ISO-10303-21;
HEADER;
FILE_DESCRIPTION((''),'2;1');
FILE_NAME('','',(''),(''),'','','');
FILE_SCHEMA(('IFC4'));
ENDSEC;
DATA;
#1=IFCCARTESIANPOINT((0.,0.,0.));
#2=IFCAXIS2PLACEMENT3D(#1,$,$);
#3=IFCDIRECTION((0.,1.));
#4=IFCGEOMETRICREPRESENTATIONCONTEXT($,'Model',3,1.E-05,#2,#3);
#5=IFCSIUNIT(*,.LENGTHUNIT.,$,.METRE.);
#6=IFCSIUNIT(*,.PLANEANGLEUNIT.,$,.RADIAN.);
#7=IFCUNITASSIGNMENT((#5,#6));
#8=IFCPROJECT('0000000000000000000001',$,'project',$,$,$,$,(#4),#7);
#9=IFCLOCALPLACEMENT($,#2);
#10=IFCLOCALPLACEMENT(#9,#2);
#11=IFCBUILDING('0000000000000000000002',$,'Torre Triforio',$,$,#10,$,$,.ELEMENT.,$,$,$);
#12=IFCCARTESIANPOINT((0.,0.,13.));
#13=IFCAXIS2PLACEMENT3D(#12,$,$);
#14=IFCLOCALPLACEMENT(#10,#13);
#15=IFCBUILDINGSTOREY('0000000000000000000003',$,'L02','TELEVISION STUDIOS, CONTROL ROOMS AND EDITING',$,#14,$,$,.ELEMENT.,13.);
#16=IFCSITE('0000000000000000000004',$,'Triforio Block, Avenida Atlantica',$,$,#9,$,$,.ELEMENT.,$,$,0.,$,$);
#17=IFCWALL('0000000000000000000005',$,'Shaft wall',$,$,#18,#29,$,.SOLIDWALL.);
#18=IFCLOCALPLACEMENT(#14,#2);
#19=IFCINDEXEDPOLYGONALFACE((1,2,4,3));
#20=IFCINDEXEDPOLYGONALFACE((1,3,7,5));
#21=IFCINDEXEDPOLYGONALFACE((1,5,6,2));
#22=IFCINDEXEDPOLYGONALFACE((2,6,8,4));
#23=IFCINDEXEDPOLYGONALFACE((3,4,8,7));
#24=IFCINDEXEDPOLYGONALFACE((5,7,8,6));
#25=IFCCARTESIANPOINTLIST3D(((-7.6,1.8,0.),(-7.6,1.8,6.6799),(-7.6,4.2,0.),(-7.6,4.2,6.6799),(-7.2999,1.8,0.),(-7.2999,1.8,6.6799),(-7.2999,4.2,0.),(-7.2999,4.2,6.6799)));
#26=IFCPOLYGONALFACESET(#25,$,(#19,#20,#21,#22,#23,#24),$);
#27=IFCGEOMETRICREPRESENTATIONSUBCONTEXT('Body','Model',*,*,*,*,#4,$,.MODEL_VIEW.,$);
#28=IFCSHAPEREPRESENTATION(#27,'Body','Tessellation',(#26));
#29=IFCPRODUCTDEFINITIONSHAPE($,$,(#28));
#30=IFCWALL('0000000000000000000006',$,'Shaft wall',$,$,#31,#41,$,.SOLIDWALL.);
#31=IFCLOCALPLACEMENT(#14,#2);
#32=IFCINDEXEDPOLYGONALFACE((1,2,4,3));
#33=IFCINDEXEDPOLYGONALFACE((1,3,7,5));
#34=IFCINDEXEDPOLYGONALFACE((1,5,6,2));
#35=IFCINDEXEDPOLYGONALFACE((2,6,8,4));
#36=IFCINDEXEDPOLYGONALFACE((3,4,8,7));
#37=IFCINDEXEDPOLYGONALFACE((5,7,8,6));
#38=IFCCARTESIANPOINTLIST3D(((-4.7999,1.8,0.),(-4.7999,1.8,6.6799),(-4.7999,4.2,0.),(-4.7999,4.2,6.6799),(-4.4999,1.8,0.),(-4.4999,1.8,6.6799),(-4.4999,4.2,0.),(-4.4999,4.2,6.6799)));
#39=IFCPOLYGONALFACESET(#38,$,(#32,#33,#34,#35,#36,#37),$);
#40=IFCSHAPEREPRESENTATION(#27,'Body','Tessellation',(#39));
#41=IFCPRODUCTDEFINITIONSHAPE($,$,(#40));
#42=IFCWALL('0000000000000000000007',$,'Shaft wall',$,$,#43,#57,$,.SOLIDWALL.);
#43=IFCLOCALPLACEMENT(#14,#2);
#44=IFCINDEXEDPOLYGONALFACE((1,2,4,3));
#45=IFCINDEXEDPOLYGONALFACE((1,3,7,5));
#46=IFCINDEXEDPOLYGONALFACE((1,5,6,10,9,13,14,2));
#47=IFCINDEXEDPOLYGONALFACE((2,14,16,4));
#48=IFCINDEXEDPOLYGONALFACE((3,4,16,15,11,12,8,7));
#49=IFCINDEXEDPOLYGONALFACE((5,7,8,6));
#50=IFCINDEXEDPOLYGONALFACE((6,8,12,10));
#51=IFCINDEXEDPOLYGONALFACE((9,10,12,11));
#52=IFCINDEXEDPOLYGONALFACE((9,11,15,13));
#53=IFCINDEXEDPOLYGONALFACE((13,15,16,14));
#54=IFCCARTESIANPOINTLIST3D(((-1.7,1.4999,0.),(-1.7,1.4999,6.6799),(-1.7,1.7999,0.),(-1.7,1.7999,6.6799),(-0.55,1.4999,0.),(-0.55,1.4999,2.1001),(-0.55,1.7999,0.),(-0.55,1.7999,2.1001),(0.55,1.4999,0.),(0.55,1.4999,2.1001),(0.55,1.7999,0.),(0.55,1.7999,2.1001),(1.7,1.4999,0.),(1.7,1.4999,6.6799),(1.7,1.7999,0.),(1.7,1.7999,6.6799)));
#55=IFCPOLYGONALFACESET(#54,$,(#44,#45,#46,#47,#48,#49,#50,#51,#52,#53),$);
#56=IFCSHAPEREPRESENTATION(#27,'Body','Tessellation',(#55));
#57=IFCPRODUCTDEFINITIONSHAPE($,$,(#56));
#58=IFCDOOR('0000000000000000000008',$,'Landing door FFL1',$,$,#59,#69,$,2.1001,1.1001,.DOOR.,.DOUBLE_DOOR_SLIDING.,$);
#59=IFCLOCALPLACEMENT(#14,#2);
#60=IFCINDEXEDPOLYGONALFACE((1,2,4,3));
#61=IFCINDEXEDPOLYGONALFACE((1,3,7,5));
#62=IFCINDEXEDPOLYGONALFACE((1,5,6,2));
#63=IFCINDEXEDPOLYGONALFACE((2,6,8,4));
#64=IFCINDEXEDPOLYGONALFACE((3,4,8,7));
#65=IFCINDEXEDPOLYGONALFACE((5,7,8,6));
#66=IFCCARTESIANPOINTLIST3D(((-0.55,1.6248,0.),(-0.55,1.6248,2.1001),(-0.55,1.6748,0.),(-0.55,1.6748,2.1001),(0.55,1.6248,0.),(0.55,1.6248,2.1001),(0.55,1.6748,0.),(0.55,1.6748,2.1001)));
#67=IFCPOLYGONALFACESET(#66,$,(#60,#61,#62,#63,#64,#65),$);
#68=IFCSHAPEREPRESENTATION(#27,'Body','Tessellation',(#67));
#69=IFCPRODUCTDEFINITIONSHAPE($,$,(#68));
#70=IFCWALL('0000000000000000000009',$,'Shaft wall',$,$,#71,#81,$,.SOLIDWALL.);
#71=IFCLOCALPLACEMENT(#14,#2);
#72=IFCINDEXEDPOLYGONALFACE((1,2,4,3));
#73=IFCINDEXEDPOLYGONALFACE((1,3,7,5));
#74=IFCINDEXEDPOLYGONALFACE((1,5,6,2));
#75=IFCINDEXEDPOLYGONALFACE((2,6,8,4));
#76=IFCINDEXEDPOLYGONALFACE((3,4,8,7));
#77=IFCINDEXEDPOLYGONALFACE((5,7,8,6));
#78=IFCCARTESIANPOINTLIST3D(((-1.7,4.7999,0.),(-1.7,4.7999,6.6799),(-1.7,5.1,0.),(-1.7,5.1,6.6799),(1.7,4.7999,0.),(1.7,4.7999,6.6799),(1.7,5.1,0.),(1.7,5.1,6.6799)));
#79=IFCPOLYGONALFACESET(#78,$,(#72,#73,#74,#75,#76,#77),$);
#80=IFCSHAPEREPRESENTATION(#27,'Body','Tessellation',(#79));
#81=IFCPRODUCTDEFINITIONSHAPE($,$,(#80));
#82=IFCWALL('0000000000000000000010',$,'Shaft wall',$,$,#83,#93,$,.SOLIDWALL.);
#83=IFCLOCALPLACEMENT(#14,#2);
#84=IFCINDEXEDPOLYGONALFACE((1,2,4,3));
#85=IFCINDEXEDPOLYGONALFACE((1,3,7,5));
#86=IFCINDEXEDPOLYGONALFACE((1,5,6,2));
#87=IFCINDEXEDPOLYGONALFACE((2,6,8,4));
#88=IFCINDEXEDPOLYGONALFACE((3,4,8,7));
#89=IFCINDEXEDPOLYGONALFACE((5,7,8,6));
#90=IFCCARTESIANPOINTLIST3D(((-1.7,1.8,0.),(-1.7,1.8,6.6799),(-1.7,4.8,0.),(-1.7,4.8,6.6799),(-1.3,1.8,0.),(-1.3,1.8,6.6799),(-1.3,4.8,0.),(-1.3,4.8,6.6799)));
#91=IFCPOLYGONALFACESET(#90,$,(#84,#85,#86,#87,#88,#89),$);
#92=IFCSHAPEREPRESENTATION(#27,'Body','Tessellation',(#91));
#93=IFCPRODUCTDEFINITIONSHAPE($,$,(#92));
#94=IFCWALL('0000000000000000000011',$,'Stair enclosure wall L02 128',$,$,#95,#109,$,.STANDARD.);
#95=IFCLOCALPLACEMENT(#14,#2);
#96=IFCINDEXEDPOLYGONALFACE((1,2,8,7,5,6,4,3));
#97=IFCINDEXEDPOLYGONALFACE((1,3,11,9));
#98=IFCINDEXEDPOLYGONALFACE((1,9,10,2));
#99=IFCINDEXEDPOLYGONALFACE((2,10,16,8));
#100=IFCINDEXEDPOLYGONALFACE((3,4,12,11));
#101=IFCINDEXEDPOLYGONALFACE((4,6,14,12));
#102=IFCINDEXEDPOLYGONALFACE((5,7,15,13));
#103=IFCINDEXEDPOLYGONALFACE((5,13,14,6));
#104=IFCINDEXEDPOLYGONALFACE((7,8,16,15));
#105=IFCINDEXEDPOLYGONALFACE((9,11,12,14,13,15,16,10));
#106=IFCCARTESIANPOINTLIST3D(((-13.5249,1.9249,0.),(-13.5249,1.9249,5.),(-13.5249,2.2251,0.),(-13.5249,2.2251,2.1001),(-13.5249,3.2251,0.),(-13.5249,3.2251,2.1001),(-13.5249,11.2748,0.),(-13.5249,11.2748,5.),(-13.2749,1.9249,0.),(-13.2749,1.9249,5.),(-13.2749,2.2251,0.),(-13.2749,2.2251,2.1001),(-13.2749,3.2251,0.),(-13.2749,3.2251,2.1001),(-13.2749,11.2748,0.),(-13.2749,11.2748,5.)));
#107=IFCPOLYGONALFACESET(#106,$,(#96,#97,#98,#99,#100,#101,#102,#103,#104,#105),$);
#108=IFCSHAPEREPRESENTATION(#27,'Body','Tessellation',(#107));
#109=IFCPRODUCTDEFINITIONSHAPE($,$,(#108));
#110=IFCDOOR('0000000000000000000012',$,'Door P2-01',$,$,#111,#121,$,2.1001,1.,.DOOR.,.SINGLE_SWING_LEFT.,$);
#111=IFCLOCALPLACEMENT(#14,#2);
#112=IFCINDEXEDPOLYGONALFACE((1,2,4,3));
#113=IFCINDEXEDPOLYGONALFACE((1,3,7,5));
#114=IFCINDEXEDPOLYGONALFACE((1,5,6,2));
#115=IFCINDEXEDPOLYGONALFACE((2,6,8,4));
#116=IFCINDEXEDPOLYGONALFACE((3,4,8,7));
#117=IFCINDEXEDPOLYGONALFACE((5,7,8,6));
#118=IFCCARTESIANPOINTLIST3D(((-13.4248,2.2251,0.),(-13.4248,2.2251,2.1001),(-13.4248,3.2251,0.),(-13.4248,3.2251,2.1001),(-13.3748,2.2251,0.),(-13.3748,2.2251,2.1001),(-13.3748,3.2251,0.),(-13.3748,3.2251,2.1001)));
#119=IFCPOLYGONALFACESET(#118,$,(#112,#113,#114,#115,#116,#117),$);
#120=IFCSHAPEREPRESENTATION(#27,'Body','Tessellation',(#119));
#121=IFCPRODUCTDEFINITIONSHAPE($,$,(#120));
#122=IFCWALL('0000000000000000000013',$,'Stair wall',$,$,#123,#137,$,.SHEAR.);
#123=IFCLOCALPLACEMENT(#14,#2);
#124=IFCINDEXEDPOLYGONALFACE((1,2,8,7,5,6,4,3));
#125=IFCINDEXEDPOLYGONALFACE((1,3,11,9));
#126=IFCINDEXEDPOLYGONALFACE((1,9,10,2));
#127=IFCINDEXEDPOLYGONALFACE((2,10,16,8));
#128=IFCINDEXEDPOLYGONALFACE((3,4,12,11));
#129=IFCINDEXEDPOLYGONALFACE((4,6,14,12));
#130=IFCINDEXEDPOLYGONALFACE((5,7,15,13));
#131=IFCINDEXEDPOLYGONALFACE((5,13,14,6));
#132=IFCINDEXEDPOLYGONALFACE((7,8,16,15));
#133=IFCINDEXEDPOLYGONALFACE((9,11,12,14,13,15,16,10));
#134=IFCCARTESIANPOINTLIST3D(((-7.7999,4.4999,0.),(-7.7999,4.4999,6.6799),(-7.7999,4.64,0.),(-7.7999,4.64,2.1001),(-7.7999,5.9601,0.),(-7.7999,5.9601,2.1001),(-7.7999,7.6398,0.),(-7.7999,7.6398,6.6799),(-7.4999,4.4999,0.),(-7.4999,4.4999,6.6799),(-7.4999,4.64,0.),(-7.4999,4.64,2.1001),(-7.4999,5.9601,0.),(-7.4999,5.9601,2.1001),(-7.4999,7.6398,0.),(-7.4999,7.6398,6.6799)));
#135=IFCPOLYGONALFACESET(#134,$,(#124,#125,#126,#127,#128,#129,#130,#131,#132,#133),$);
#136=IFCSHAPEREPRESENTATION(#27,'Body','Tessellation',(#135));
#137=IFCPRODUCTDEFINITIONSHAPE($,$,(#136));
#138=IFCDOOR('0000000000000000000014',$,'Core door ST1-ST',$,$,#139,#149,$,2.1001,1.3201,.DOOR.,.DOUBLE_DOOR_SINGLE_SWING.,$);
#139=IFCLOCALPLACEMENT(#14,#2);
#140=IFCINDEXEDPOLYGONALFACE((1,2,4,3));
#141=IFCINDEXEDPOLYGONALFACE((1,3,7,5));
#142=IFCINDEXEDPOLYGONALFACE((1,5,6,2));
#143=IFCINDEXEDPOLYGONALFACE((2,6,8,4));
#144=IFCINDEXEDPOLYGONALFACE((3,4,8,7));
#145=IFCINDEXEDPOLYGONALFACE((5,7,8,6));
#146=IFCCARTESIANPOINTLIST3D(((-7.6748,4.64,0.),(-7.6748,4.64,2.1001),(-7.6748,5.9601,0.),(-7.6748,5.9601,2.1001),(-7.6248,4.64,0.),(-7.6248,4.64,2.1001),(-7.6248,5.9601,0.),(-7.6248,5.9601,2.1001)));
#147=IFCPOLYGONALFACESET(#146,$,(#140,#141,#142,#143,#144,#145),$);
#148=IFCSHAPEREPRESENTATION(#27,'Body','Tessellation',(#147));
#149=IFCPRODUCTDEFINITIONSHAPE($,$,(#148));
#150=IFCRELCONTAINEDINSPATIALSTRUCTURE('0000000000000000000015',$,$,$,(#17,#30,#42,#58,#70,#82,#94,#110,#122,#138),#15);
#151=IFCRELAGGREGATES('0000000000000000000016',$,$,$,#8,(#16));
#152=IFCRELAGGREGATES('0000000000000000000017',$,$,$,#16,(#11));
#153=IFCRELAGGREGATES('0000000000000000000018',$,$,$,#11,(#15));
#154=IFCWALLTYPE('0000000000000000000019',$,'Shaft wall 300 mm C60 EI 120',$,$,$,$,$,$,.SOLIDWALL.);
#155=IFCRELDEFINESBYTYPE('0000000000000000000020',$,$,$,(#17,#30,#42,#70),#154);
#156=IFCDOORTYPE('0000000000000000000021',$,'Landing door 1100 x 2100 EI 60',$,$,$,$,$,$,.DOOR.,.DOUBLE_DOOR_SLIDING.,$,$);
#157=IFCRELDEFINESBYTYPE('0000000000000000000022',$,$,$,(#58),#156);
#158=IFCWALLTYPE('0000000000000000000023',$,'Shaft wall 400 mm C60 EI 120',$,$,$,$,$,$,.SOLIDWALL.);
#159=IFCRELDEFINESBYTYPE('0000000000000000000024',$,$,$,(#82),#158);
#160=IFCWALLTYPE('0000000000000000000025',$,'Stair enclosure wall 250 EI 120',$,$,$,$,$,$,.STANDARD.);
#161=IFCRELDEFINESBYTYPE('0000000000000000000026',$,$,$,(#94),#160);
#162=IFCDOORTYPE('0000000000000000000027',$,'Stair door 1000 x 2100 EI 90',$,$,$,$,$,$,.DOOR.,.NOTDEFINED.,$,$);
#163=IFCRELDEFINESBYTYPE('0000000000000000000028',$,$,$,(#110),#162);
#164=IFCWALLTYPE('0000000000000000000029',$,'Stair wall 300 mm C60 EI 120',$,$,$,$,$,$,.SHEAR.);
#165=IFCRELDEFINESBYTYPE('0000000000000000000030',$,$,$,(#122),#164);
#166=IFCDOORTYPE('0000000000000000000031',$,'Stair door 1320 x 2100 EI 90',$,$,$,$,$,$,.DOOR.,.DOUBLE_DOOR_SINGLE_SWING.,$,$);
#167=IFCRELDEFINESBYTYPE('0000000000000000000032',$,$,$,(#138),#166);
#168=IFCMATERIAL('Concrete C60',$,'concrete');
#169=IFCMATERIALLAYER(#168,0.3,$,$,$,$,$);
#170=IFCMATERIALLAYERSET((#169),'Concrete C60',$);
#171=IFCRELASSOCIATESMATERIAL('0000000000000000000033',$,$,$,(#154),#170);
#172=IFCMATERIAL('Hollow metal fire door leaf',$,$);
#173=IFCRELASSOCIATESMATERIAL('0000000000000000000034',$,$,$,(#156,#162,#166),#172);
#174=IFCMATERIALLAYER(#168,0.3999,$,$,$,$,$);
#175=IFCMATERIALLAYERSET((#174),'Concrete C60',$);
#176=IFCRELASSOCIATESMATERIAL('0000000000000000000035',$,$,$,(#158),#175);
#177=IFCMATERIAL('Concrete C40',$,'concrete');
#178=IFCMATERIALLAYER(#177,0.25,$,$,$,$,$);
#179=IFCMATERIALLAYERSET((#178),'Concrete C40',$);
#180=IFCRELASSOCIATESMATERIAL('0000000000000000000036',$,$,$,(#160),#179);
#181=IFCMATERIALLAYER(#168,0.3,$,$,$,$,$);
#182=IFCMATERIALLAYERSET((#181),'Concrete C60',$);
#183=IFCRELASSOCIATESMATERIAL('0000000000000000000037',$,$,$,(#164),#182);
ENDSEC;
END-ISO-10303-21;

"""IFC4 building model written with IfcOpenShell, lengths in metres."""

from ifc_helpers import new_model, si_unit, direction, frame, frame_2d, origin, place, context, subcontext, project, spatial, rectangle, extrude, material, layer, layer_set, type_object, element, fill, save


model = new_model("IFC4")

# Units and contexts
model_context = context("Model", 3, precision=1e-05, world=origin(), true_north=direction((0.0, 1.0)))
body_context = subcontext(model_context, "Body", "Model", "MODEL_VIEW")
ifc_project = project(units=[si_unit("LENGTHUNIT", "METRE"), si_unit("PLANEANGLEUNIT", "RADIAN")], contexts=[model_context])

# Site, building, storey
site_placement = place(None, origin())
site = spatial("IfcSite", under=ifc_project, at=site_placement, Name="Triforio Block, Avenida Atlantica", CompositionType="ELEMENT", RefElevation=0.0)
building_placement = place(site_placement, origin())
building = spatial("IfcBuilding", under=site, at=building_placement, Name="Torre Triforio", CompositionType="ELEMENT")
storey_placement = place(building_placement, frame((0.0, 0.0, 13.0)))
storey = spatial("IfcBuildingStorey", under=building, at=storey_placement, Name="L02", Description="TELEVISION STUDIOS, CONTROL ROOMS AND EDITING", CompositionType="ELEMENT", Elevation=13.0)

# Shared definitions
ifc_material_1 = material(Name="Concrete C40", Category="concrete")

# Shared definitions
ifc_material_2 = material(Name="Concrete C60", Category="concrete")

# Shared definitions
ifc_material_3 = material(Name="Hollow metal fire door leaf")

# Shared definitions
ifc_layer_1 = layer(ifc_material_2, 0.3)
ifc_layer_set_1 = layer_set([ifc_layer_1], Name="Concrete C60")
wall_type_1 = type_object("IfcWallType", Name="Shaft wall 300 mm C60 EI 120", PredefinedType="SOLIDWALL", material=ifc_layer_set_1)

# Shared definitions
door_type_1 = type_object("IfcDoorType", Name="Landing door 1100 x 2100 EI 60", OperationType="DOUBLE_DOOR_SLIDING", PredefinedType="DOOR", material=ifc_material_3)

# Walls
for number, where, z_axis, x_axis, name in (
    (1, (-7.45, 1.8, 0.0), (0.0, 0.0, 1.0), (0.0, 1.0, 0.0), "Shaft wall"),
    (2, (-4.6499, 1.8, 0.0), (0.0, 0.0, 1.0), (0.0, 1.0, 0.0), "Shaft wall"),
):
    element("IfcWall", number, at=place(storey_placement, frame(where, z_axis=z_axis, x_axis=x_axis)), inside=storey, type_object=wall_type_1, Name=name, PredefinedType="SOLIDWALL", context=body_context, shape_type="SweptSolid", body=[
        extrude(rectangle(XDim=2.3999, YDim=0.3, at=frame_2d((1.2, 0.0))), origin(), (0.0, 0.0, 1.0), 6.6799),
    ])

# Wall, opening, door
wall_1_placement = place(storey_placement, frame((-1.7, 1.6499, 0.0), z_axis=(0.0, 0.0, 1.0), x_axis=(1.0, 0.0, 0.0)))
wall_1 = element("IfcWall", 3, at=wall_1_placement, inside=storey, type_object=wall_type_1, Name="Shaft wall", PredefinedType="SOLIDWALL", context=body_context, shape_type="SweptSolid", body=[
    extrude(rectangle(XDim=3.3999, YDim=0.3, at=frame_2d((1.7, 0.0))), origin(), (0.0, 0.0, 1.0), 6.6799),
])
opening_1_placement = place(wall_1_placement, frame((1.1499, 0.0, 0.0)))
opening_1 = element("IfcOpeningElement", 4, at=opening_1_placement, cuts=wall_1, PredefinedType="OPENING", context=body_context, shape_type="SweptSolid", body=[
    extrude(rectangle(XDim=1.1001, YDim=2.1001, at=frame_2d((0.55, 1.05))), frame((0.0, 0.1599, 0.0), z_axis=(0.0, -1.0, 0.0), x_axis=(1.0, 0.0, 0.0)), (0.0, 0.0, 1.0), 0.3201),
])
door_1_placement = place(opening_1_placement, origin())
door_1 = element("IfcDoor", 5, at=door_1_placement, inside=storey, type_object=door_type_1, Name="Landing door FFL1", OperationType="DOUBLE_DOOR_SLIDING", OverallHeight=2.1001, OverallWidth=1.1001, PredefinedType="DOOR", context=body_context, shape_type="SweptSolid", body=[
    extrude(rectangle(XDim=1.1001, YDim=2.1001, at=frame_2d((0.55, 1.05))), frame((0.0, 0.0249, 0.0), z_axis=(0.0, -1.0, 0.0), x_axis=(1.0, 0.0, 0.0)), (0.0, 0.0, 1.0), 0.05),
])
fill(opening_1, door_1)

# Walls
wall_2_placement = place(storey_placement, frame((-1.7, 4.95, 0.0), z_axis=(0.0, 0.0, 1.0), x_axis=(1.0, 0.0, 0.0)))
element("IfcWall", 6, at=wall_2_placement, inside=storey, type_object=wall_type_1, Name="Shaft wall", PredefinedType="SOLIDWALL", context=body_context, shape_type="SweptSolid", body=[
    extrude(rectangle(XDim=3.3999, YDim=0.3, at=frame_2d((1.7, 0.0))), origin(), (0.0, 0.0, 1.0), 6.6799),
])
ifc_layer_2 = layer(ifc_material_2, 0.3999)
ifc_layer_set_2 = layer_set([ifc_layer_2], Name="Concrete C60")
wall_type_2 = type_object("IfcWallType", Name="Shaft wall 400 mm C60 EI 120", PredefinedType="SOLIDWALL", material=ifc_layer_set_2)
wall_3_placement = place(storey_placement, frame((-1.5, 1.8, 0.0), z_axis=(0.0, 0.0, 1.0), x_axis=(0.0, 1.0, 0.0)))
element("IfcWall", 7, at=wall_3_placement, inside=storey, type_object=wall_type_2, Name="Shaft wall", PredefinedType="SOLIDWALL", context=body_context, shape_type="SweptSolid", body=[
    extrude(rectangle(XDim=3.0, YDim=0.3999, at=frame_2d((1.5, 0.0))), origin(), (0.0, 0.0, 1.0), 6.6799),
])

# Walls, openings, doors
ifc_layer_3 = layer(ifc_material_1, 0.25)
ifc_layer_set_3 = layer_set([ifc_layer_3], Name="Concrete C40")
wall_type_3 = type_object("IfcWallType", Name="Stair enclosure wall 250 EI 120", PredefinedType="STANDARD", material=ifc_layer_set_3)
wall_4_placement = place(storey_placement, frame((-13.3999, 1.925, 0.0), z_axis=(0.0, 0.0, 1.0), x_axis=(0.0, 1.0, 0.0)))
wall_4 = element("IfcWall", 8, at=wall_4_placement, inside=storey, type_object=wall_type_3, Name="Stair enclosure wall L02 128", PredefinedType="STANDARD", context=body_context, shape_type="SweptSolid", body=[
    extrude(rectangle(XDim=9.3499, YDim=0.25, at=frame_2d((4.6748, 0.0))), origin(), (0.0, 0.0, 1.0), 5.0),
])
opening_2_placement = place(wall_4_placement, frame((0.3, 0.0, 0.0)))
opening_2 = element("IfcOpeningElement", 9, at=opening_2_placement, cuts=wall_4, PredefinedType="OPENING", context=body_context, shape_type="SweptSolid", body=[
    extrude(rectangle(XDim=1.0, YDim=2.1001, at=frame_2d((0.5, 1.05))), frame((0.0, 0.135, 0.0), z_axis=(0.0, -1.0, 0.0), x_axis=(1.0, 0.0, 0.0)), (0.0, 0.0, 1.0), 0.27),
])
door_type_2 = type_object("IfcDoorType", Name="Stair door 1000 x 2100 EI 90", OperationType="NOTDEFINED", PredefinedType="DOOR", material=ifc_material_3)
door_2_placement = place(opening_2_placement, origin())
door_2 = element("IfcDoor", 10, at=door_2_placement, inside=storey, type_object=door_type_2, Name="Door P2-01", OperationType="SINGLE_SWING_LEFT", OverallHeight=2.1001, OverallWidth=1.0, PredefinedType="DOOR", context=body_context, shape_type="SweptSolid", body=[
    extrude(rectangle(XDim=1.0, YDim=2.1001, at=frame_2d((0.5, 1.05))), frame((0.0, 0.0249, 0.0), z_axis=(0.0, -1.0, 0.0), x_axis=(1.0, 0.0, 0.0)), (0.0, 0.0, 1.0), 0.05),
])
fill(opening_2, door_2)
ifc_layer_4 = layer(ifc_material_2, 0.3)
ifc_layer_set_4 = layer_set([ifc_layer_4], Name="Concrete C60")
wall_type_4 = type_object("IfcWallType", Name="Stair wall 300 mm C60 EI 120", PredefinedType="SHEAR", material=ifc_layer_set_4)
wall_5_placement = place(storey_placement, frame((-7.6499, 4.5, 0.0), z_axis=(0.0, 0.0, 1.0), x_axis=(0.0, 1.0, 0.0)))
wall_5 = element("IfcWall", 11, at=wall_5_placement, inside=storey, type_object=wall_type_4, Name="Stair wall", PredefinedType="SHEAR", context=body_context, shape_type="SweptSolid", body=[
    extrude(rectangle(XDim=3.1399, YDim=0.3, at=frame_2d((1.5698, 0.0))), origin(), (0.0, 0.0, 1.0), 6.6799),
])
opening_3_placement = place(wall_5_placement, frame((0.1399, 0.0, 0.0)))
opening_3 = element("IfcOpeningElement", 12, at=opening_3_placement, cuts=wall_5, PredefinedType="OPENING", context=body_context, shape_type="SweptSolid", body=[
    extrude(rectangle(XDim=1.3201, YDim=2.1001, at=frame_2d((0.6602, 1.05))), frame((0.0, 0.1599, 0.0), z_axis=(0.0, -1.0, 0.0), x_axis=(1.0, 0.0, 0.0)), (0.0, 0.0, 1.0), 0.3201),
])
door_type_3 = type_object("IfcDoorType", Name="Stair door 1320 x 2100 EI 90", OperationType="DOUBLE_DOOR_SINGLE_SWING", PredefinedType="DOOR", material=ifc_material_3)
door_3_placement = place(opening_3_placement, origin())
door_3 = element("IfcDoor", 13, at=door_3_placement, inside=storey, type_object=door_type_3, Name="Core door ST1-ST", OperationType="DOUBLE_DOOR_SINGLE_SWING", OverallHeight=2.1001, OverallWidth=1.3201, PredefinedType="DOOR", context=body_context, shape_type="SweptSolid", body=[
    extrude(rectangle(XDim=1.3201, YDim=2.1001, at=frame_2d((0.6602, 1.05))), frame((0.0, 0.0249, 0.0), z_axis=(0.0, -1.0, 0.0), x_axis=(1.0, 0.0, 0.0)), (0.0, 0.0, 1.0), 0.05),
])
fill(opening_3, door_3)

save(model, "model.ifc")
